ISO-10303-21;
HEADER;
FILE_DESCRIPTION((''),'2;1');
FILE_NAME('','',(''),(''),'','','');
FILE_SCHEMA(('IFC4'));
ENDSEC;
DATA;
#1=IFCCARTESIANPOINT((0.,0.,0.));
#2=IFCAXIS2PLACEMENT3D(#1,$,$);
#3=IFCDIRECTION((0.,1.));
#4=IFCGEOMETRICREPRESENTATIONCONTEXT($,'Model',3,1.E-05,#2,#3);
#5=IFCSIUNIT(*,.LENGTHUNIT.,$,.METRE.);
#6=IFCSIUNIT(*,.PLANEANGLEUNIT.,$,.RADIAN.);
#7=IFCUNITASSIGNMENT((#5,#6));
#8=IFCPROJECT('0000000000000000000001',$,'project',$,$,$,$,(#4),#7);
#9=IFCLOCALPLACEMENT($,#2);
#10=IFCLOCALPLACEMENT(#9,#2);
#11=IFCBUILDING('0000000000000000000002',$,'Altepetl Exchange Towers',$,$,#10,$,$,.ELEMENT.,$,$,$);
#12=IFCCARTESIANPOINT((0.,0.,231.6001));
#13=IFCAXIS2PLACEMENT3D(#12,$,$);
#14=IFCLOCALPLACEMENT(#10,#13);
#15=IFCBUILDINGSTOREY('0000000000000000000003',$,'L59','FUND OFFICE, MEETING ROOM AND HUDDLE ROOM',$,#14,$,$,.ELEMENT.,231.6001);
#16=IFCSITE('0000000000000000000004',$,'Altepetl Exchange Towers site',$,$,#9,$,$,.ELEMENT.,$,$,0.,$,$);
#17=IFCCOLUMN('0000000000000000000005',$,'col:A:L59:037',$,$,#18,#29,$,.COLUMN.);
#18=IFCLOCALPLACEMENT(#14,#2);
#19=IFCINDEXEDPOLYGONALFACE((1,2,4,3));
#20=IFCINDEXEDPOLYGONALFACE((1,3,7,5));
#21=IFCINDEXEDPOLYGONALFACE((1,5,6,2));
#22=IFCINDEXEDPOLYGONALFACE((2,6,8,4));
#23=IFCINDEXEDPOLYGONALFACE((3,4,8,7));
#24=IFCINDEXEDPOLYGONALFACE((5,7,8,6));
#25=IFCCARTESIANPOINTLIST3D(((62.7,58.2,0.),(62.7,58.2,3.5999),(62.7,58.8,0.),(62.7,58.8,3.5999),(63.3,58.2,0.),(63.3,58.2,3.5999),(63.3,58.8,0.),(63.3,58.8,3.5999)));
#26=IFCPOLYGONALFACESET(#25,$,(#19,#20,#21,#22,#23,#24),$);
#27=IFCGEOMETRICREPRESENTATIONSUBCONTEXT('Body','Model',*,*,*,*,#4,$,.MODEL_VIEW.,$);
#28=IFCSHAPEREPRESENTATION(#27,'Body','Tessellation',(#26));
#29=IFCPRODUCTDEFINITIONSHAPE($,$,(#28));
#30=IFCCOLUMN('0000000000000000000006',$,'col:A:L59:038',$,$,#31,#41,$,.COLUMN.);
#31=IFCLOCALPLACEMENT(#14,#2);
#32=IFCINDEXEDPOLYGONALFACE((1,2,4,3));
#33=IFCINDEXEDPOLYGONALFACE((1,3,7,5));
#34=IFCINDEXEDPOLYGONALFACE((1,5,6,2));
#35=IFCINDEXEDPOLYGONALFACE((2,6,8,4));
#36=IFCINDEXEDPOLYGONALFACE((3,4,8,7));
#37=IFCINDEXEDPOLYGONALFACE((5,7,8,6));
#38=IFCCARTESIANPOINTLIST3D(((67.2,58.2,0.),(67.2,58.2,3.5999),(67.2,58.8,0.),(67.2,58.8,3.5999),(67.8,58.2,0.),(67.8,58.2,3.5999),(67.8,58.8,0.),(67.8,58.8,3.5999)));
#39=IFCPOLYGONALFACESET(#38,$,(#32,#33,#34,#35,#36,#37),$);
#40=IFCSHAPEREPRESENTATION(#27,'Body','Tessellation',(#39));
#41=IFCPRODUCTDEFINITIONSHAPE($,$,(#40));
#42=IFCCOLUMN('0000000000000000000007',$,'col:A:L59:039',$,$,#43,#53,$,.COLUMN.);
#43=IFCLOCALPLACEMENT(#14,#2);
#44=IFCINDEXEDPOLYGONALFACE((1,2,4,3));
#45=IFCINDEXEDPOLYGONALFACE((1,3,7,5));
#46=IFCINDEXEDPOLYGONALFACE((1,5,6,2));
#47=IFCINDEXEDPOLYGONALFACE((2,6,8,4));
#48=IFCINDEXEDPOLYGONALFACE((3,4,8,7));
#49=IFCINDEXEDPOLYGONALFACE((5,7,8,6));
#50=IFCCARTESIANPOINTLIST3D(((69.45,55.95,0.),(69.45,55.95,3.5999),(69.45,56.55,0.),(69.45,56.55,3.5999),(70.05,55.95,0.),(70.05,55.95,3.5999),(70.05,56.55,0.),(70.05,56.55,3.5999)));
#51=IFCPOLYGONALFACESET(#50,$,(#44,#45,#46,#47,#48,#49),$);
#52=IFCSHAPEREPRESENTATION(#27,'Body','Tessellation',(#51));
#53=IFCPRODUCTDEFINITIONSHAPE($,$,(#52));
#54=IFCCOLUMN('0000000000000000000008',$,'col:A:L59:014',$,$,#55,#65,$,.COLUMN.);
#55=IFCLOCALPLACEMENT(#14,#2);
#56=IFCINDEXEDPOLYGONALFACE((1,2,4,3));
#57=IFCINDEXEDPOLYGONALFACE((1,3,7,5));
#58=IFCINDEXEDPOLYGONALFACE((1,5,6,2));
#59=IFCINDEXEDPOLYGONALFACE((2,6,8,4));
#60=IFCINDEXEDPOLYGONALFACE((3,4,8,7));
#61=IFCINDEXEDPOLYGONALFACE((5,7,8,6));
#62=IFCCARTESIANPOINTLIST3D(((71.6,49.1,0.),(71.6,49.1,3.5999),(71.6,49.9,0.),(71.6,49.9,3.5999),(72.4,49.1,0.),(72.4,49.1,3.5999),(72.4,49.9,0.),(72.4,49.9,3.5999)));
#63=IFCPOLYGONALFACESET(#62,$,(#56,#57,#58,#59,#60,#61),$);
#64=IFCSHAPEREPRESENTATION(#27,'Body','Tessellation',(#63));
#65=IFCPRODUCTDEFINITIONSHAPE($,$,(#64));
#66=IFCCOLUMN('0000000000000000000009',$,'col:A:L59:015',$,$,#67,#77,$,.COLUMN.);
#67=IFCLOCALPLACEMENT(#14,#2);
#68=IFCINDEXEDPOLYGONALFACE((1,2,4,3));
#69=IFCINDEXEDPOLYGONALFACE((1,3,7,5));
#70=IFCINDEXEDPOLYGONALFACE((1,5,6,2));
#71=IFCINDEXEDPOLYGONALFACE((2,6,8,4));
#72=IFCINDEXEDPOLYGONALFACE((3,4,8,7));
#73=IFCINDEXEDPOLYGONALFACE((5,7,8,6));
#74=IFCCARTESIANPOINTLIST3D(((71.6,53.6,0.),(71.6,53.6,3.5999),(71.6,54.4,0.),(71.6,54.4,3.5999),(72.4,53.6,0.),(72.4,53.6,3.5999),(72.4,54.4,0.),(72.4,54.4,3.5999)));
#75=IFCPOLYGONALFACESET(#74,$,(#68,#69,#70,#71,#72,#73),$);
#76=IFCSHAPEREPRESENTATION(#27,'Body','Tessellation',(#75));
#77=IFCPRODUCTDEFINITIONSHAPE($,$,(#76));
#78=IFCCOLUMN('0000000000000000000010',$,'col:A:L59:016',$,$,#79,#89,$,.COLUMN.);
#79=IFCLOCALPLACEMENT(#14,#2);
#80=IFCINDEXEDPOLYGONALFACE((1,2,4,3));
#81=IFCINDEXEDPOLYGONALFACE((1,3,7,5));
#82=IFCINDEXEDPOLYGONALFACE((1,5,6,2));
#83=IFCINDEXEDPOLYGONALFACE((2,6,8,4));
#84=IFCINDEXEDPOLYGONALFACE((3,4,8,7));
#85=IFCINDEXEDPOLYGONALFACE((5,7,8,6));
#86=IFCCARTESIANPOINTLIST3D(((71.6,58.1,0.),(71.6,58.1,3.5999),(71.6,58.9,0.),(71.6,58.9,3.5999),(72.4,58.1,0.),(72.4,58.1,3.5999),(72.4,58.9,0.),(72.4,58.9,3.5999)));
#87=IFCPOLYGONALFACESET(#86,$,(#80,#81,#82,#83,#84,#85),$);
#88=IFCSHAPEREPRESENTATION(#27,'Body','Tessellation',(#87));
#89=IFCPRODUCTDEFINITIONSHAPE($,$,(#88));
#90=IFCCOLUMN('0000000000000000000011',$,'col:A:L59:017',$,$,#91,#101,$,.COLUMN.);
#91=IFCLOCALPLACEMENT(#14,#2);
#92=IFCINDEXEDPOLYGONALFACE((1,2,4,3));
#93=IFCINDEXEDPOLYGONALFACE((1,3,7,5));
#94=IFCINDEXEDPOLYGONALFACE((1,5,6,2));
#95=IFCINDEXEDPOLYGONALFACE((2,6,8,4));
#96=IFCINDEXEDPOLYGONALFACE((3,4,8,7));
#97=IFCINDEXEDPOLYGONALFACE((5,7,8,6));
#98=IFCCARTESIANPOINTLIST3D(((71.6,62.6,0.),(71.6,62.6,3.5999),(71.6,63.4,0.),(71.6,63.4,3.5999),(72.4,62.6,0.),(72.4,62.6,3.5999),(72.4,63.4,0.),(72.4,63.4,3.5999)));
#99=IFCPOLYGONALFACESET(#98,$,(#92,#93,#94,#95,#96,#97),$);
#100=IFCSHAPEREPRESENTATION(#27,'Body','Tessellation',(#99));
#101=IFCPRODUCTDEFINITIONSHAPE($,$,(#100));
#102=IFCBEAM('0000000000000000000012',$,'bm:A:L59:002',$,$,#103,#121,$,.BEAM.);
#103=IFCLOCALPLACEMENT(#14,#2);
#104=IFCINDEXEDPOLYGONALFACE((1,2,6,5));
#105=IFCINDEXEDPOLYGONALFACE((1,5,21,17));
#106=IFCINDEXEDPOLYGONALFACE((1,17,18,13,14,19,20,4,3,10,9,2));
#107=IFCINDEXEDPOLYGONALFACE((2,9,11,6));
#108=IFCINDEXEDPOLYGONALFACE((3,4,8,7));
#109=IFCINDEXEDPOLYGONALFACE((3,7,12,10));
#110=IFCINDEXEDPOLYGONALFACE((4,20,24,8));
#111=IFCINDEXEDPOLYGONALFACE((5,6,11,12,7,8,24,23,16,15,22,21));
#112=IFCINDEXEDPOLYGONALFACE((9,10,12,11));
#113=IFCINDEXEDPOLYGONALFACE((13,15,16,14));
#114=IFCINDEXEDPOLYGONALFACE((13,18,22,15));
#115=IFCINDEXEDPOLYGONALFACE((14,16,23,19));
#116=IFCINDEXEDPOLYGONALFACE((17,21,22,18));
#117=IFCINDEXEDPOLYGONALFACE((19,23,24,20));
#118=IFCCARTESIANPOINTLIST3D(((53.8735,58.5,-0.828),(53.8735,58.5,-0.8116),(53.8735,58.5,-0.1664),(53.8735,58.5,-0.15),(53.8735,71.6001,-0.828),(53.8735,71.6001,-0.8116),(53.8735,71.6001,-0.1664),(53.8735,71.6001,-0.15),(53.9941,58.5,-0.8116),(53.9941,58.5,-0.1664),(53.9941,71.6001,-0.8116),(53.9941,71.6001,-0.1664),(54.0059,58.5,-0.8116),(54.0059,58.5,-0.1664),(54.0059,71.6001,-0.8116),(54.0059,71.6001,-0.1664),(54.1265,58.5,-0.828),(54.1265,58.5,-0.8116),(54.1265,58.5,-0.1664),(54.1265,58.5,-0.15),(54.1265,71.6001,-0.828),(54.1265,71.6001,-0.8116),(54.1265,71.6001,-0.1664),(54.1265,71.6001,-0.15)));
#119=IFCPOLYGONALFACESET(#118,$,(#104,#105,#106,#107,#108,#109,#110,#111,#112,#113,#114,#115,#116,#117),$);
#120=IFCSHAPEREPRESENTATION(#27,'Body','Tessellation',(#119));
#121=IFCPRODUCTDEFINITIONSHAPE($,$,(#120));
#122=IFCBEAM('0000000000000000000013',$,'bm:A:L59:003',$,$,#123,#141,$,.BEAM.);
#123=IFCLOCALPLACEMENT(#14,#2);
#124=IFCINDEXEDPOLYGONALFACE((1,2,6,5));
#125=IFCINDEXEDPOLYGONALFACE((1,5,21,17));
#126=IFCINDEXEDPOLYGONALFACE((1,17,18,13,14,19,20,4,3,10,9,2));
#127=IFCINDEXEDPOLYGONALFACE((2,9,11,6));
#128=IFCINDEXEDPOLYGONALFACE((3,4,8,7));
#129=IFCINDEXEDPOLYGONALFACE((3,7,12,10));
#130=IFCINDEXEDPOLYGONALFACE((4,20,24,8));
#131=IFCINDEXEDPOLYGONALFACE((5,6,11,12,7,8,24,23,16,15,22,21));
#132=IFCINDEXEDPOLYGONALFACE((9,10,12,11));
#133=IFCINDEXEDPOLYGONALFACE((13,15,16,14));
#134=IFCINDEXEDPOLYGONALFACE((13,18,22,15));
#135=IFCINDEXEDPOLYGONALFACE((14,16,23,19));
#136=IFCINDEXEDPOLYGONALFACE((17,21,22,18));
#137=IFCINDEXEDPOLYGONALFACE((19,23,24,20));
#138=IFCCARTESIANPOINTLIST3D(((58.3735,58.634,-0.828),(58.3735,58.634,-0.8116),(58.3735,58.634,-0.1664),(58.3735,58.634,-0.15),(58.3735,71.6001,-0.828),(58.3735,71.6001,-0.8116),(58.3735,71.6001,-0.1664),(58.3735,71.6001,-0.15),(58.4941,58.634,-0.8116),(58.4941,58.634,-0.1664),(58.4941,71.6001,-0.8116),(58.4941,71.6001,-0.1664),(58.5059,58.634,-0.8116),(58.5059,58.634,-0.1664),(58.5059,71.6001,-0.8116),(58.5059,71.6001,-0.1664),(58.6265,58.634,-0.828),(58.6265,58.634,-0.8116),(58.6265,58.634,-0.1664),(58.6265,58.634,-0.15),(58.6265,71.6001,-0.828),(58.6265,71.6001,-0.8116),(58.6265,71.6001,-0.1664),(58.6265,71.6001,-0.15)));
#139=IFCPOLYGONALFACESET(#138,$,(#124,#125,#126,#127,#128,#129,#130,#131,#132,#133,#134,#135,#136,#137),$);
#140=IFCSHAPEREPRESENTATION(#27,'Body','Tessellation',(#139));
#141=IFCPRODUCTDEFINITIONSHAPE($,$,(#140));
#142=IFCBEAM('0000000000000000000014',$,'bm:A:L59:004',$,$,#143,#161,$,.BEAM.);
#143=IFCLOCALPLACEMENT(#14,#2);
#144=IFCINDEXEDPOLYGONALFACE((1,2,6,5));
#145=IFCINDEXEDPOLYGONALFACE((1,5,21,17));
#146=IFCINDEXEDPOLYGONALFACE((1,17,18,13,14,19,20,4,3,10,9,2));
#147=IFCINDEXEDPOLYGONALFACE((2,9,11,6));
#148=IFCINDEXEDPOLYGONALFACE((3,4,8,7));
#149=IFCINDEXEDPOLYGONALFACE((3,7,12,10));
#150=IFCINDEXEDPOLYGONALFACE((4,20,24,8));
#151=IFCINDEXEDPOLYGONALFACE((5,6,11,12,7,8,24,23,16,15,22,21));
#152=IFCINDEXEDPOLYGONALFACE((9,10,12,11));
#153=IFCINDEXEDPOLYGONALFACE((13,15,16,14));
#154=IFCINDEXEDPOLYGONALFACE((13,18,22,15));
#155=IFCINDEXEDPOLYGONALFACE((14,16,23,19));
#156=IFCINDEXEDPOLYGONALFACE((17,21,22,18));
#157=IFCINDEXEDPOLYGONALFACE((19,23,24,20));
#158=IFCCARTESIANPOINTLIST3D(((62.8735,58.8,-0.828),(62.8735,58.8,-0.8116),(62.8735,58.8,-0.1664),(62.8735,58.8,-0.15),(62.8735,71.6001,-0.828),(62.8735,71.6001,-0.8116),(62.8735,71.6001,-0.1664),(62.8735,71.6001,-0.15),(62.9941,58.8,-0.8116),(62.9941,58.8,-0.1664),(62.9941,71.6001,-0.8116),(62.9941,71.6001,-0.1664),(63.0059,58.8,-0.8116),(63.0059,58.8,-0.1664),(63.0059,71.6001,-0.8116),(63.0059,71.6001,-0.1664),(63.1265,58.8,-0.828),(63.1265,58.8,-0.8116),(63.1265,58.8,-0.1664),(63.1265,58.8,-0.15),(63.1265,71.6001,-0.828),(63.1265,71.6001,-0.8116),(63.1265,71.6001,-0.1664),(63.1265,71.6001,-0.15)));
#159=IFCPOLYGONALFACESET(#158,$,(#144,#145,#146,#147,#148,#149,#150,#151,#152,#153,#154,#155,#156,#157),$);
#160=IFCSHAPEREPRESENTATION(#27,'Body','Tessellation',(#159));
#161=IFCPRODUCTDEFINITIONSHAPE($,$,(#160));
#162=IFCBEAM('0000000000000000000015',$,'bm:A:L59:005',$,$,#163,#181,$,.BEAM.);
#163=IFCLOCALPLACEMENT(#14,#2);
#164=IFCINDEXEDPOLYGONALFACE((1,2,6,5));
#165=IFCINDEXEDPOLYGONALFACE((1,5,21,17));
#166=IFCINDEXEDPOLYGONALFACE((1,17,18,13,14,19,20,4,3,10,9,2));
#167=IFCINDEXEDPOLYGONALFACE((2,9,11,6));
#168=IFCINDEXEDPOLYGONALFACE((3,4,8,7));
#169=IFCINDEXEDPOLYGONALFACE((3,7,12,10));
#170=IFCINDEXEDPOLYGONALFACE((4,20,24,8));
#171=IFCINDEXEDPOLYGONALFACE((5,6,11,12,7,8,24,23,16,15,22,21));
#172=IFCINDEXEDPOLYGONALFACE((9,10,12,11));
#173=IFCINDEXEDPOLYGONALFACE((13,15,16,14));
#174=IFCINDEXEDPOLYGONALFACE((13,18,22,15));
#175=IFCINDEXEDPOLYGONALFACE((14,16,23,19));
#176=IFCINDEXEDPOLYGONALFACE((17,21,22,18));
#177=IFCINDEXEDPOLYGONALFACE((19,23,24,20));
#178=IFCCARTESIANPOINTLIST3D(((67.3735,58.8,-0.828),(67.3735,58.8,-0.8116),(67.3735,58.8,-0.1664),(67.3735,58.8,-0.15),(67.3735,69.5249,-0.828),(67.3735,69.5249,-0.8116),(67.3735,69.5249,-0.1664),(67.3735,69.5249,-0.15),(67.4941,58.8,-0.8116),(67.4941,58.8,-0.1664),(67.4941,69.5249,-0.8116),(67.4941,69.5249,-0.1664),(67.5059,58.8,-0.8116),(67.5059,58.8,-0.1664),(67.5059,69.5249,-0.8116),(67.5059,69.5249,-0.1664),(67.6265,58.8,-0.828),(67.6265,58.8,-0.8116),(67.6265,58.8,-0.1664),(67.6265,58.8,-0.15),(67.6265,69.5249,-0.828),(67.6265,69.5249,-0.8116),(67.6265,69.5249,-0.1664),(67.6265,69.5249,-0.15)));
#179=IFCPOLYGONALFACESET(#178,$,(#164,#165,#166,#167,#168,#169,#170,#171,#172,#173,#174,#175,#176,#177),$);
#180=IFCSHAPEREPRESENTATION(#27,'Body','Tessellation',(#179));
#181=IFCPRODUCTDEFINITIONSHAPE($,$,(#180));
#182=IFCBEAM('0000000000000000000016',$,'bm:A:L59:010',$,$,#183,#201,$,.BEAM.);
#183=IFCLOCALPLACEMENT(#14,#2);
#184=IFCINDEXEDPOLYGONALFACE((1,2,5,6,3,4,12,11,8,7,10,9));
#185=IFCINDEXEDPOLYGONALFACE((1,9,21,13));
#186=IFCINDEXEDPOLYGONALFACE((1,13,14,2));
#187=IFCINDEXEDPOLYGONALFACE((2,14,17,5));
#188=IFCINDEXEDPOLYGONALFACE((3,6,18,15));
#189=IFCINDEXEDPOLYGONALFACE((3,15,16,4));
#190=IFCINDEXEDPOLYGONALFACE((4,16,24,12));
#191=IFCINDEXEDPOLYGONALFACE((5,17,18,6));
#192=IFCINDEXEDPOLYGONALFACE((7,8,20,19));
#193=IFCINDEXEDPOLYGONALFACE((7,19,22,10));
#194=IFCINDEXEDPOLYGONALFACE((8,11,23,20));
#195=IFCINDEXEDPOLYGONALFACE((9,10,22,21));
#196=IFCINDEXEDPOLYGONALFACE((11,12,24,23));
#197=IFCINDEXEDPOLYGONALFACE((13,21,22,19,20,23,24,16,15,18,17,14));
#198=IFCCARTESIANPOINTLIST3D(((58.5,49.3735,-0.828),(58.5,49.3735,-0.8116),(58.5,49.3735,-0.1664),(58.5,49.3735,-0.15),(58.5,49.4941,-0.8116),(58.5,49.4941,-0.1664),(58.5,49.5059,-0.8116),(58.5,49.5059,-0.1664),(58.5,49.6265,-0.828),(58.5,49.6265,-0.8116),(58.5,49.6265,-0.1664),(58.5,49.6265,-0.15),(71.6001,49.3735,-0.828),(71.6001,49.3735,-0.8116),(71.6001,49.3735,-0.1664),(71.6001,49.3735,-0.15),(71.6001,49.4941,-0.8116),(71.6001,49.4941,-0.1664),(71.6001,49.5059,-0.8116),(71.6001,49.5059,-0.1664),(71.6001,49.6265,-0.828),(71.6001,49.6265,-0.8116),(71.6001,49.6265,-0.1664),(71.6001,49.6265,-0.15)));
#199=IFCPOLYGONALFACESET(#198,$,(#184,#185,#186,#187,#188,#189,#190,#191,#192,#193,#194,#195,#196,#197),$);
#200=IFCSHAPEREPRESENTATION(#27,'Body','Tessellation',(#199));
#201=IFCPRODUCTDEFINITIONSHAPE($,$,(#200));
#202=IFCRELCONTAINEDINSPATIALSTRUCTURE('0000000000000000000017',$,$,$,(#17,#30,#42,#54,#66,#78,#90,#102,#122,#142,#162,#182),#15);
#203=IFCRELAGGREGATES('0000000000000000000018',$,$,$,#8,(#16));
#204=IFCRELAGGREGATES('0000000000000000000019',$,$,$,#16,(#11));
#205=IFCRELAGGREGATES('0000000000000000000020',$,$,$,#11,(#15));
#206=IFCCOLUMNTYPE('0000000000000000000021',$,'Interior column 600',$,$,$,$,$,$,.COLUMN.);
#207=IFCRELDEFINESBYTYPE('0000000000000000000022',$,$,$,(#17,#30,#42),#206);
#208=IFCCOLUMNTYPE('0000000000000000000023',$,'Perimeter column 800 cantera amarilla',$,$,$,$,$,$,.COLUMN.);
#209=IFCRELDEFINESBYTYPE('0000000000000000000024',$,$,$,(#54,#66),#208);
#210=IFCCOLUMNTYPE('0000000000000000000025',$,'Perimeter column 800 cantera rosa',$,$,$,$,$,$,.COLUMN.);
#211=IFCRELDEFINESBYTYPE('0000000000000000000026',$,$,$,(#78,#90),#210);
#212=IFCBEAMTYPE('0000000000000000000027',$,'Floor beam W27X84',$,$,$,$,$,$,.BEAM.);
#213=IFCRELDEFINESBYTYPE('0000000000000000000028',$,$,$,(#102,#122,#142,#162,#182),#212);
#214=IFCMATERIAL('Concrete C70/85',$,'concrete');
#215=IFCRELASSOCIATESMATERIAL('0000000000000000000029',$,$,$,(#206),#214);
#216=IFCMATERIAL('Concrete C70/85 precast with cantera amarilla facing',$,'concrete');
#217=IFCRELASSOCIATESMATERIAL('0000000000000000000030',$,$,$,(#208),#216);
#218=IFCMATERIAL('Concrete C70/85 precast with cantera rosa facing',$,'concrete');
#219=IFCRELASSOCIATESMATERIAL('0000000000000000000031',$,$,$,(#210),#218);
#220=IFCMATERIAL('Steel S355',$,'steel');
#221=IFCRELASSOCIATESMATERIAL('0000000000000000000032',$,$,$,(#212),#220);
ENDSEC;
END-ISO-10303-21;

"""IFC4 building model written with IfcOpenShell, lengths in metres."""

from ifc_helpers import new_model, si_unit, direction, frame, origin, origin_2d, place, context, subcontext, project, spatial, rectangle, i_section, extrude, material, material_profile, profile_set, type_object, element, save


model = new_model("IFC4")

# Units and contexts
model_context = context("Model", 3, precision=1e-05, world=origin(), true_north=direction((0.0, 1.0)))
body_context = subcontext(model_context, "Body", "Model", "MODEL_VIEW")
ifc_project = project(units=[si_unit("LENGTHUNIT", "METRE"), si_unit("PLANEANGLEUNIT", "RADIAN")], contexts=[model_context])

# Site, building, storey
site_placement = place(None, origin())
site = spatial("IfcSite", under=ifc_project, at=site_placement, Name="Altepetl Exchange Towers site", CompositionType="ELEMENT", RefElevation=0.0)
building_placement = place(site_placement, origin())
building = spatial("IfcBuilding", under=site, at=building_placement, Name="Altepetl Exchange Towers", CompositionType="ELEMENT")
storey_placement = place(building_placement, frame((0.0, 0.0, 231.6001)))
storey = spatial("IfcBuildingStorey", under=building, at=storey_placement, Name="L59", Description="FUND OFFICE, MEETING ROOM AND HUDDLE ROOM", CompositionType="ELEMENT", Elevation=231.6001)

# Columns
ifc_material_1 = material(Name="Concrete C70/85", Category="concrete")
ifc_material_profile_1 = material_profile(ifc_material_1, rectangle(XDim=0.6001, YDim=0.6001, at=origin_2d()), Name="600 x 600")
ifc_profile_set_1 = profile_set([ifc_material_profile_1], Name="Concrete C70/85")
column_type_1 = type_object("IfcColumnType", Name="Interior column 600", PredefinedType="COLUMN", material=ifc_profile_set_1)
for number, where, name in (
    (1, (63.0, 58.5, 0.0), "col:A:L59:037"),
    (2, (67.5, 58.5, 0.0), "col:A:L59:038"),
    (3, (69.75, 56.25, 0.0), "col:A:L59:039"),
):
    element("IfcColumn", number, at=place(storey_placement, frame(where)), inside=storey, type_object=column_type_1, Name=name, PredefinedType="COLUMN", context=body_context, shape_type="SweptSolid", body=[
        extrude(rectangle(XDim=0.6001, YDim=0.6001, at=origin_2d()), origin(), (0.0, 0.0, 1.0), 3.5999),
    ])
ifc_material_2 = material(Name="Concrete C70/85 precast with cantera amarilla facing", Category="concrete")
ifc_material_profile_2 = material_profile(ifc_material_2, rectangle(XDim=0.8, YDim=0.8, at=origin_2d()), Name="800 x 800")
ifc_profile_set_2 = profile_set([ifc_material_profile_2], Name="Concrete C70/85 precast with cantera amarilla facing")
column_type_2 = type_object("IfcColumnType", Name="Perimeter column 800 cantera amarilla", PredefinedType="COLUMN", material=ifc_profile_set_2)
for number, where, name in (
    (4, (72.0, 49.5, 0.0), "col:A:L59:014"),
    (5, (72.0, 54.0, 0.0), "col:A:L59:015"),
):
    element("IfcColumn", number, at=place(storey_placement, frame(where)), inside=storey, type_object=column_type_2, Name=name, PredefinedType="COLUMN", context=body_context, shape_type="SweptSolid", body=[
        extrude(rectangle(XDim=0.8, YDim=0.8, at=origin_2d()), origin(), (0.0, 0.0, 1.0), 3.5999),
    ])
ifc_material_3 = material(Name="Concrete C70/85 precast with cantera rosa facing", Category="concrete")
ifc_material_profile_3 = material_profile(ifc_material_3, rectangle(XDim=0.8, YDim=0.8, at=origin_2d()), Name="800 x 800")
ifc_profile_set_3 = profile_set([ifc_material_profile_3], Name="Concrete C70/85 precast with cantera rosa facing")
column_type_3 = type_object("IfcColumnType", Name="Perimeter column 800 cantera rosa", PredefinedType="COLUMN", material=ifc_profile_set_3)
for number, where, name in (
    (6, (72.0, 58.5, 0.0), "col:A:L59:016"),
    (7, (72.0, 63.0, 0.0), "col:A:L59:017"),
):
    element("IfcColumn", number, at=place(storey_placement, frame(where)), inside=storey, type_object=column_type_3, Name=name, PredefinedType="COLUMN", context=body_context, shape_type="SweptSolid", body=[
        extrude(rectangle(XDim=0.8, YDim=0.8, at=origin_2d()), origin(), (0.0, 0.0, 1.0), 3.5999),
    ])

# Beams
ifc_material_4 = material(Name="Steel S355", Category="steel")
ifc_material_profile_4 = material_profile(ifc_material_4, i_section(OverallWidth=0.2529, OverallDepth=0.678, WebThickness=0.0117, FlangeThickness=0.0164, at=origin_2d()), Name="W27X84")
ifc_profile_set_4 = profile_set([ifc_material_profile_4], Name="Steel S355")
beam_type_1 = type_object("IfcBeamType", Name="Floor beam W27X84", PredefinedType="BEAM", material=ifc_profile_set_4)
beam_1_placement = place(storey_placement, frame((54.0, 58.5, -0.489), z_axis=(0.0, 1.0, 0.0), x_axis=(-1.0, 0.0, 0.0)))
element("IfcBeam", 8, at=beam_1_placement, inside=storey, type_object=beam_type_1, Name="bm:A:L59:002", PredefinedType="BEAM", context=body_context, shape_type="SweptSolid", body=[
    extrude(i_section(OverallWidth=0.2529, OverallDepth=0.678, WebThickness=0.0117, FlangeThickness=0.0164, at=origin_2d()), origin(), (0.0, 0.0, 1.0), 13.1001),
])
beam_2_placement = place(storey_placement, frame((58.5, 58.634, -0.489), z_axis=(0.0, 1.0, 0.0), x_axis=(-1.0, 0.0, 0.0)))
element("IfcBeam", 9, at=beam_2_placement, inside=storey, type_object=beam_type_1, Name="bm:A:L59:003", PredefinedType="BEAM", context=body_context, shape_type="SweptSolid", body=[
    extrude(i_section(OverallWidth=0.2529, OverallDepth=0.678, WebThickness=0.0117, FlangeThickness=0.0164, at=origin_2d()), origin(), (0.0, 0.0, 1.0), 12.9661),
])
beam_3_placement = place(storey_placement, frame((63.0, 58.8, -0.489), z_axis=(0.0, 1.0, 0.0), x_axis=(-1.0, 0.0, 0.0)))
element("IfcBeam", 10, at=beam_3_placement, inside=storey, type_object=beam_type_1, Name="bm:A:L59:004", PredefinedType="BEAM", context=body_context, shape_type="SweptSolid", body=[
    extrude(i_section(OverallWidth=0.2529, OverallDepth=0.678, WebThickness=0.0117, FlangeThickness=0.0164, at=origin_2d()), origin(), (0.0, 0.0, 1.0), 12.8),
])
beam_4_placement = place(storey_placement, frame((67.5, 58.8, -0.489), z_axis=(0.0, 1.0, 0.0), x_axis=(-1.0, 0.0, 0.0)))
element("IfcBeam", 11, at=beam_4_placement, inside=storey, type_object=beam_type_1, Name="bm:A:L59:005", PredefinedType="BEAM", context=body_context, shape_type="SweptSolid", body=[
    extrude(i_section(OverallWidth=0.2529, OverallDepth=0.678, WebThickness=0.0117, FlangeThickness=0.0164, at=origin_2d()), origin(), (0.0, 0.0, 1.0), 10.7249),
])
for number, where, z_axis, x_axis, name in (
    (12, (58.5, 49.5, -0.489), (1.0, 0.0, 0.0), (0.0, 1.0, 0.0), "bm:A:L59:010"),
):
    element("IfcBeam", number, at=place(storey_placement, frame(where, z_axis=z_axis, x_axis=x_axis)), inside=storey, type_object=beam_type_1, Name=name, PredefinedType="BEAM", context=body_context, shape_type="SweptSolid", body=[
        extrude(i_section(OverallWidth=0.2529, OverallDepth=0.678, WebThickness=0.0117, FlangeThickness=0.0164, at=origin_2d()), origin(), (0.0, 0.0, 1.0), 13.1001),
    ])

save(model, "model.ifc")
